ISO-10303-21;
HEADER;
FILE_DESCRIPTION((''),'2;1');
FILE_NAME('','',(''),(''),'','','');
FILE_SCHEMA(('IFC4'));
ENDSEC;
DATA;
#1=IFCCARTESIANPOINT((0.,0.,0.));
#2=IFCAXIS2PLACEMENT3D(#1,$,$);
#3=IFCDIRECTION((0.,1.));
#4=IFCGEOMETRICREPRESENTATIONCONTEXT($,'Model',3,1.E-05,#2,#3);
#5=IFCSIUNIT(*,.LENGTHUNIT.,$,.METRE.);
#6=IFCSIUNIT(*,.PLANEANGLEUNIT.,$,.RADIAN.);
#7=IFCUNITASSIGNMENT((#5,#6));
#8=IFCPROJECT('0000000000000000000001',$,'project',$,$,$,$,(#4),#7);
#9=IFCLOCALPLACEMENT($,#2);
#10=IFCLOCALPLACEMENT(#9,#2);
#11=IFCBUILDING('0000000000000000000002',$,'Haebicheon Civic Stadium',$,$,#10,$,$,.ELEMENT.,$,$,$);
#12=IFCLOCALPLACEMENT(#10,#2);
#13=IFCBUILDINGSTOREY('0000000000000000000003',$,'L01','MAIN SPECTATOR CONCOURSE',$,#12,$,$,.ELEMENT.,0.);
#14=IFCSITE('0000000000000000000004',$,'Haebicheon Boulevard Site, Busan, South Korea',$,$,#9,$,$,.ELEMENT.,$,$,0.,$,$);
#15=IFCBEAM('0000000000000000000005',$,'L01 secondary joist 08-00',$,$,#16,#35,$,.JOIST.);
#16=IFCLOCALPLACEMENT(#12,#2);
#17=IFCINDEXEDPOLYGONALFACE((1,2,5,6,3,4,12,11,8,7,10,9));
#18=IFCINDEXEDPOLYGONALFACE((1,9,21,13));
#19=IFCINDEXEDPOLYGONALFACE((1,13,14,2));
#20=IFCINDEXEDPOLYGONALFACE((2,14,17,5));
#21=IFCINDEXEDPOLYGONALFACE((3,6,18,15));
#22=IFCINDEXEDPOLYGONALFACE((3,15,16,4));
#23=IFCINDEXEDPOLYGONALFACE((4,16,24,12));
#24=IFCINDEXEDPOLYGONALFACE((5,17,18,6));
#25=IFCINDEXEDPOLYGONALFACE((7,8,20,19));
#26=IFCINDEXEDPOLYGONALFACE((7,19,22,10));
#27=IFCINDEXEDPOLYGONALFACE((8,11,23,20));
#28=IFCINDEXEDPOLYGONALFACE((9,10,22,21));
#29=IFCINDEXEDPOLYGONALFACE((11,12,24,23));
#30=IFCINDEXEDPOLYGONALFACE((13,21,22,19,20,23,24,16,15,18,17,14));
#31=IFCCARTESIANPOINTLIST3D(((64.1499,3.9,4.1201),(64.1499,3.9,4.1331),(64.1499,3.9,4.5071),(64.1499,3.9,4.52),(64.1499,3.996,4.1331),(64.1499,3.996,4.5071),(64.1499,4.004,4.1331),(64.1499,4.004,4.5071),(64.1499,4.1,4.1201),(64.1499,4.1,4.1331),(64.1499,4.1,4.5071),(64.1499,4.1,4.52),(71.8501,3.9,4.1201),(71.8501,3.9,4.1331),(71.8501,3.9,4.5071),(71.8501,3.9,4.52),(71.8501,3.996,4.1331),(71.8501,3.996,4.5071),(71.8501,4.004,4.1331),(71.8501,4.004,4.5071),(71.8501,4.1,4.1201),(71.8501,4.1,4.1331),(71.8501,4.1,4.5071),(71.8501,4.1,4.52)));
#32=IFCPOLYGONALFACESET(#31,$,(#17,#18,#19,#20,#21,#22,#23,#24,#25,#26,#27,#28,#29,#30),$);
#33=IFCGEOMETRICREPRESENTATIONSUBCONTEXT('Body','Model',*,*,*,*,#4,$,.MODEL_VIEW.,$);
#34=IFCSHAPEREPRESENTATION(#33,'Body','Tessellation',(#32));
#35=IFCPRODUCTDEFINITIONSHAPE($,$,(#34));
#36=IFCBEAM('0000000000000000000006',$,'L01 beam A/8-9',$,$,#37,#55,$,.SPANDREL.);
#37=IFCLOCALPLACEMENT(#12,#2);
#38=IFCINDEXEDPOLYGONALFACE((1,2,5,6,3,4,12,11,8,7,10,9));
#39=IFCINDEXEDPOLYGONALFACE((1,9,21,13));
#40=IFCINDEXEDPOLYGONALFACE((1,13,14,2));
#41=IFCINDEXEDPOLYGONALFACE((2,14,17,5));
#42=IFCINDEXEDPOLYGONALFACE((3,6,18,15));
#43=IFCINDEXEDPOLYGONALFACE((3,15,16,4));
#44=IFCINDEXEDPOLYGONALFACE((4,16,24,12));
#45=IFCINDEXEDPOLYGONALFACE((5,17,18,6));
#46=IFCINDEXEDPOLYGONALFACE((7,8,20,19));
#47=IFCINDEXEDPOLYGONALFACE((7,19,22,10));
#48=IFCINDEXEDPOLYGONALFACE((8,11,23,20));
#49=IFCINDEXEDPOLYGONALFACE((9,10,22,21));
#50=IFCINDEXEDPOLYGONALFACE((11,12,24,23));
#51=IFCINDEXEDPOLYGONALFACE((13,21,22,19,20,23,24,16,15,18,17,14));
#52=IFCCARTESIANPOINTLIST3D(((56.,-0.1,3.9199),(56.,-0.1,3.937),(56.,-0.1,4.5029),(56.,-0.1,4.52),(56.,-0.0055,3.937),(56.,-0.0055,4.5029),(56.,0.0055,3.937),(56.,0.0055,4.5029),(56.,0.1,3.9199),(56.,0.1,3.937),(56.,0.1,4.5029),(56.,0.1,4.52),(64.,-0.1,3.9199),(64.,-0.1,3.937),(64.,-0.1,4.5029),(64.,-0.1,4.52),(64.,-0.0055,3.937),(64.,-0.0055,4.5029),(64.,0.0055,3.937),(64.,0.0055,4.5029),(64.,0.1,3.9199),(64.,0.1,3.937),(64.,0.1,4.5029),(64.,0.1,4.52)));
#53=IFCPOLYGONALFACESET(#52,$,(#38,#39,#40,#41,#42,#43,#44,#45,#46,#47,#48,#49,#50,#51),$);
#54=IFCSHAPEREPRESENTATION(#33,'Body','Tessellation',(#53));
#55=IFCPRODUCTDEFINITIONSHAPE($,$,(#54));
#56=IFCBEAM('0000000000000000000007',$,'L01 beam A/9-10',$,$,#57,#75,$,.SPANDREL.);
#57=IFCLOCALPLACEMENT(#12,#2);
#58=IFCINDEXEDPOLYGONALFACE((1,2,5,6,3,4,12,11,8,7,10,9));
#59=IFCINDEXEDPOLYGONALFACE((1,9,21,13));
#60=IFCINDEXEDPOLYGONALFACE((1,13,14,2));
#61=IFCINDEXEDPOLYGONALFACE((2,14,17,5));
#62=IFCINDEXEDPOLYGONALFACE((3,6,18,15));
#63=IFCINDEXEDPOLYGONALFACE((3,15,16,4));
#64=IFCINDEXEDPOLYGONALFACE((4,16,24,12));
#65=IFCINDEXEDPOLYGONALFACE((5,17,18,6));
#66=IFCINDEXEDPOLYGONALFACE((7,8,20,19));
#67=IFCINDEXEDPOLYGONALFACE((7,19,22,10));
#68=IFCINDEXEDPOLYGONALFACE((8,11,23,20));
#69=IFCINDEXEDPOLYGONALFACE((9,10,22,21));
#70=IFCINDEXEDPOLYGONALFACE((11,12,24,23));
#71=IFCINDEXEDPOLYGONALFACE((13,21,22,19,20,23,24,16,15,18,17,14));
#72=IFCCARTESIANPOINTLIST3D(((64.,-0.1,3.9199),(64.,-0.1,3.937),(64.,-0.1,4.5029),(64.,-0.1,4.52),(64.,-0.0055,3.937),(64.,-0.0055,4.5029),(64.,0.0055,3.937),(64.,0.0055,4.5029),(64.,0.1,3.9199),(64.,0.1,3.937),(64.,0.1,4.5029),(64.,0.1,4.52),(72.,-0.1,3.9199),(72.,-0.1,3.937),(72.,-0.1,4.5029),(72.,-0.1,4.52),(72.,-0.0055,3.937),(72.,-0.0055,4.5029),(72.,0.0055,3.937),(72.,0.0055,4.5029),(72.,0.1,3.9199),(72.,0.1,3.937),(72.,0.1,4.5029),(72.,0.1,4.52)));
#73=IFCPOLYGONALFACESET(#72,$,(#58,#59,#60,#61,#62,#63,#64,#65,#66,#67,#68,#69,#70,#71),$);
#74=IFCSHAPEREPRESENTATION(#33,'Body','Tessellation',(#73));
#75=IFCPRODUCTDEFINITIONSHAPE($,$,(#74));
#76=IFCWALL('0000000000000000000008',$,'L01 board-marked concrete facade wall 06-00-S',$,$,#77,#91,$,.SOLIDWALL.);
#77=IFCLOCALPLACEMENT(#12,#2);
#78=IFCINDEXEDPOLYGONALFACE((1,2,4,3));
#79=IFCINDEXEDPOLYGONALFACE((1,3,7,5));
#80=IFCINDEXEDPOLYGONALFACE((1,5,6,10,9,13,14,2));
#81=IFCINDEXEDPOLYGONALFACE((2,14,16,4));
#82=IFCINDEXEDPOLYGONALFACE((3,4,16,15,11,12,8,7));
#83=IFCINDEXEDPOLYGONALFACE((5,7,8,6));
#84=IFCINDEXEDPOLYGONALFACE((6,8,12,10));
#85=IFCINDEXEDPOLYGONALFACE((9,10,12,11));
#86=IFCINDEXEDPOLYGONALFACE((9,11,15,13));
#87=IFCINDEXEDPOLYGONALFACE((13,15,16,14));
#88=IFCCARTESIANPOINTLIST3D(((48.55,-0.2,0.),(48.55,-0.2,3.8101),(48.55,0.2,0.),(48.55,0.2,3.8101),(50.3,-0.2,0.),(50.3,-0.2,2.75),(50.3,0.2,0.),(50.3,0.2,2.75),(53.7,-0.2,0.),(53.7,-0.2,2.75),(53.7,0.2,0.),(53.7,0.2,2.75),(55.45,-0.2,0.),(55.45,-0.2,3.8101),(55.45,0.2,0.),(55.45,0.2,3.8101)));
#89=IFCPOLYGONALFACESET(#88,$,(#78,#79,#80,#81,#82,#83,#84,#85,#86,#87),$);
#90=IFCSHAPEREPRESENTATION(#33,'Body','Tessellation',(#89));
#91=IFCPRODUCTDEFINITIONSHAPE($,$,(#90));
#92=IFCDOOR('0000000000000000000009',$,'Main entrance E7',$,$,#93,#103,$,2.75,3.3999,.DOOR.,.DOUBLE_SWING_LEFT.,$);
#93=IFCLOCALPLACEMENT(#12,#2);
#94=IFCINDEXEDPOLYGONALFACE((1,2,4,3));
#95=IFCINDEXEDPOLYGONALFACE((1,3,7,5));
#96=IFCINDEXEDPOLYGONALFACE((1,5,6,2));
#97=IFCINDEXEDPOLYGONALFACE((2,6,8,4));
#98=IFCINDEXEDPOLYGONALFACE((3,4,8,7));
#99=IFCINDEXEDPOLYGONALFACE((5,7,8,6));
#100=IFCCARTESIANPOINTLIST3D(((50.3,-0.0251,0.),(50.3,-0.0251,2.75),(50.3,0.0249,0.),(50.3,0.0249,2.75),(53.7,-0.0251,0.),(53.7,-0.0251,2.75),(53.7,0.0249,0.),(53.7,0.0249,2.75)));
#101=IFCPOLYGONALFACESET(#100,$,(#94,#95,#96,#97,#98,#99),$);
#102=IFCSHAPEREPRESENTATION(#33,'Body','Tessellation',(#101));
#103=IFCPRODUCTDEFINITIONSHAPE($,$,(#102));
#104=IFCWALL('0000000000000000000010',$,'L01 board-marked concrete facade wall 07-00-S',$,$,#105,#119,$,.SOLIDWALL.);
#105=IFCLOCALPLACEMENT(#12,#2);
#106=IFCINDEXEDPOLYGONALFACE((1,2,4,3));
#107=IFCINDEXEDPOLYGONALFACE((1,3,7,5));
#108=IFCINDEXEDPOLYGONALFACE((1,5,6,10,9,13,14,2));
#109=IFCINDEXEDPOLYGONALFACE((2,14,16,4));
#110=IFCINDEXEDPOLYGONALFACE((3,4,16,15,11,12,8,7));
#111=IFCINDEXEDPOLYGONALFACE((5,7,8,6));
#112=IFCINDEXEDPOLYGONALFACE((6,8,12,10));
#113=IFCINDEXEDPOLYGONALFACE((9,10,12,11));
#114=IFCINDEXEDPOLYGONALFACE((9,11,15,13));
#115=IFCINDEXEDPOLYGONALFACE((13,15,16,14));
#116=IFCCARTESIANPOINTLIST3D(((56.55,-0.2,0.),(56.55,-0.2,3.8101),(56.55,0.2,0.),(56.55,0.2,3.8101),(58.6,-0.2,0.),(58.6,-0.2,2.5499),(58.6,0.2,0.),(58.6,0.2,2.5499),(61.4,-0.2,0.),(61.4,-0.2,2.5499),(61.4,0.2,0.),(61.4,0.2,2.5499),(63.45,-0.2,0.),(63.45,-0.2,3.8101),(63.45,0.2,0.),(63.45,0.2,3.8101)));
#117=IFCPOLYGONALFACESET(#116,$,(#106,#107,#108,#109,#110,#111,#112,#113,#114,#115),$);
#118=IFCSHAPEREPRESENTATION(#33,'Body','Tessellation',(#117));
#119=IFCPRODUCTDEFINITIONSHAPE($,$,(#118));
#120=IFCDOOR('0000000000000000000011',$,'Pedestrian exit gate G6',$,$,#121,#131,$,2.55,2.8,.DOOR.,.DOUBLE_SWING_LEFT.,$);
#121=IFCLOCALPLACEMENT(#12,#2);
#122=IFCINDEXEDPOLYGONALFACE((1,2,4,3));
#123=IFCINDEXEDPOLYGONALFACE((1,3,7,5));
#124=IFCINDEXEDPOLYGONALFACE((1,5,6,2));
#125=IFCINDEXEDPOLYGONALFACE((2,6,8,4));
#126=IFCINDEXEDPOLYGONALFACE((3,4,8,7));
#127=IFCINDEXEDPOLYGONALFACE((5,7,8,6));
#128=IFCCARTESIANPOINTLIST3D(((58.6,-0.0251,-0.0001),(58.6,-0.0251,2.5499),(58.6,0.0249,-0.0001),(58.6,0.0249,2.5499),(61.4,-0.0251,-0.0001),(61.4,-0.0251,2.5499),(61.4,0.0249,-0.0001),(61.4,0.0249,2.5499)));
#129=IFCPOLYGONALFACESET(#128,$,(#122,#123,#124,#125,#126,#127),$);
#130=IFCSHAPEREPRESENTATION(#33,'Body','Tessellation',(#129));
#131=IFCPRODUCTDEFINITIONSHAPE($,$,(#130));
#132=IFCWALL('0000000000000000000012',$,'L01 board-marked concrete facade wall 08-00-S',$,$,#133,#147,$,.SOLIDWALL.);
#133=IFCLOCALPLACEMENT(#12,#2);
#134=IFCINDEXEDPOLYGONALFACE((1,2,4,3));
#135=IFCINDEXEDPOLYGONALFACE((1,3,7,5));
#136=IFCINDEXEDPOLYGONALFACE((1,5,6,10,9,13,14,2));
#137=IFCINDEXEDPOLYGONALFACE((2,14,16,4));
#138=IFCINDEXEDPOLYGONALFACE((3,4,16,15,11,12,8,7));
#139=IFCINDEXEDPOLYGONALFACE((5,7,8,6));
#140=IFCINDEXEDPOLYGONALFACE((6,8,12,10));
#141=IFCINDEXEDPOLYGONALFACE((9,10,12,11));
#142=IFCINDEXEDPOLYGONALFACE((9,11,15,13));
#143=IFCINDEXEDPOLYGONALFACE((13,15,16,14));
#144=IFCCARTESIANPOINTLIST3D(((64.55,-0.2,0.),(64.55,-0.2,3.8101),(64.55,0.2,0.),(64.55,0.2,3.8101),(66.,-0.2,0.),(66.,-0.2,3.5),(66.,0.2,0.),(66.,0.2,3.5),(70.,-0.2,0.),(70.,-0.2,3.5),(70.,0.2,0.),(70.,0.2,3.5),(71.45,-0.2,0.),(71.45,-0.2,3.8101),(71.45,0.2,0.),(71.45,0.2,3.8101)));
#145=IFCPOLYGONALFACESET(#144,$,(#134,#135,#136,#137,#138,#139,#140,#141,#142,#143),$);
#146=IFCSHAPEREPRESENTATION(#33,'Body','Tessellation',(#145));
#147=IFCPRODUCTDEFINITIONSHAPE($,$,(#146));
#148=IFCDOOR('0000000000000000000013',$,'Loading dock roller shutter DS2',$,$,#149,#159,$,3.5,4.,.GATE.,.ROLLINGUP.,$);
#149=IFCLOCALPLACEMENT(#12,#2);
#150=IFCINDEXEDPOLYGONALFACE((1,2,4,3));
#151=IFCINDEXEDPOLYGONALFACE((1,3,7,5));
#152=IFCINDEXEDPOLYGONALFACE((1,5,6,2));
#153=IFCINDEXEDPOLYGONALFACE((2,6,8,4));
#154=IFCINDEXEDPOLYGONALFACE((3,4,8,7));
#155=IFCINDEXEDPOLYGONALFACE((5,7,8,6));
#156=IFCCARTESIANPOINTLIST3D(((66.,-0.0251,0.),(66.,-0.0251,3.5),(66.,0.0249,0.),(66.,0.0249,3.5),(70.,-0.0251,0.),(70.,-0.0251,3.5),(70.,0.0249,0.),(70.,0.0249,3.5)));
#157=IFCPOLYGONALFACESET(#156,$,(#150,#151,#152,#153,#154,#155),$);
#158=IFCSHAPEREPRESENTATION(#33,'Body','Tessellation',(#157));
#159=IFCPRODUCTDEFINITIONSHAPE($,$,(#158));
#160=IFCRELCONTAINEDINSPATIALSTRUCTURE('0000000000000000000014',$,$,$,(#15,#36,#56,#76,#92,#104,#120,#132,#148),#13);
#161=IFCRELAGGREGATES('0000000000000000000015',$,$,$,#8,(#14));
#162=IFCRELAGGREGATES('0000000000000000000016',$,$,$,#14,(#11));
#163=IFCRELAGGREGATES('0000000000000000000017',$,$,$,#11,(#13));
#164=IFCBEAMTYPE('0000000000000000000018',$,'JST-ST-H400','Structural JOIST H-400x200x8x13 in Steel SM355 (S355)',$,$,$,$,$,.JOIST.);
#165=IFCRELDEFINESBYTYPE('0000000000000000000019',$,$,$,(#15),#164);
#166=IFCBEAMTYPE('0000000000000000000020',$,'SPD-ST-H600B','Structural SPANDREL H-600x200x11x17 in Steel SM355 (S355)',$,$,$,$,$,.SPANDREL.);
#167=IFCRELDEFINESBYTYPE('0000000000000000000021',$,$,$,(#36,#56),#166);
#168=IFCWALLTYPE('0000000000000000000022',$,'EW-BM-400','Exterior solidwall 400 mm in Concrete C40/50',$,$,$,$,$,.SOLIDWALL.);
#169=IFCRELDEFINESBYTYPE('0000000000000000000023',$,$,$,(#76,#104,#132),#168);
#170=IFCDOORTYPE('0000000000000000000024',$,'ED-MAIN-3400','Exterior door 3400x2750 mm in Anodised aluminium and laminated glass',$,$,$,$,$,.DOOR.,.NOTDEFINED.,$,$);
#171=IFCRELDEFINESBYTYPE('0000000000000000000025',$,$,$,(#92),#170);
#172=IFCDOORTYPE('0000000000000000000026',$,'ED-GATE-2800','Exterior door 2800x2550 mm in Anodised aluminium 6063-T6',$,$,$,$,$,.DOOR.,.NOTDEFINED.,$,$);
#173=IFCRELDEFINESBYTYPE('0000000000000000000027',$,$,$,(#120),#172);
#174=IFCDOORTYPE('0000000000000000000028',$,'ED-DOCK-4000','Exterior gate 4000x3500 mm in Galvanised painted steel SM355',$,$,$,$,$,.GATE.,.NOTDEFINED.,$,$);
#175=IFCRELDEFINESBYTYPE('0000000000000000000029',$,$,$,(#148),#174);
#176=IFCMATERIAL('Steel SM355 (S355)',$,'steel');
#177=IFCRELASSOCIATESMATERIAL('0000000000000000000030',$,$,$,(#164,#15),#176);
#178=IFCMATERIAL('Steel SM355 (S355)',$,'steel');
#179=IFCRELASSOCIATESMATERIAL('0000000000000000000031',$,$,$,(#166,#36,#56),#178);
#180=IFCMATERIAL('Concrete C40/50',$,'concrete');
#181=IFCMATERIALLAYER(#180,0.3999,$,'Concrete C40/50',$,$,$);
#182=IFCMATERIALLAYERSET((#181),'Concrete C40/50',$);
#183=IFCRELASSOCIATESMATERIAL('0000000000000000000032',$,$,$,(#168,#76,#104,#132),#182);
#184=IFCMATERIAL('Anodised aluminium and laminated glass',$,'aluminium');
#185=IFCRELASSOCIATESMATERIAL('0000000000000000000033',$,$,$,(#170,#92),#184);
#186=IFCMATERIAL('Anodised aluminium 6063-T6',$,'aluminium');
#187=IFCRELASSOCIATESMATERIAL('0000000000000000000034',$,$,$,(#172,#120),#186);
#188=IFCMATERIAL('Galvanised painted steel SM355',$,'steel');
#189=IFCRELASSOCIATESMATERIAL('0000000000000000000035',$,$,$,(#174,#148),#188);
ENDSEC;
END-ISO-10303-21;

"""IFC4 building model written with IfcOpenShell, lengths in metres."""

from ifc_helpers import new_model, si_unit, direction, frame, frame_2d, origin, origin_2d, place, context, subcontext, project, spatial, rectangle, i_section, extrude, material, layer, layer_set, material_profile, profile_set, type_object, element, fill, save


model = new_model("IFC4")

# Units and contexts
model_context = context("Model", 3, precision=1e-05, world=origin(), true_north=direction((0.0, 1.0)))
body_context = subcontext(model_context, "Body", "Model", "MODEL_VIEW")
ifc_project = project(units=[si_unit("LENGTHUNIT", "METRE"), si_unit("PLANEANGLEUNIT", "RADIAN")], contexts=[model_context])

# Site, building, storey
site_placement = place(None, origin())
site = spatial("IfcSite", under=ifc_project, at=site_placement, Name="Haebicheon Boulevard Site, Busan, South Korea", CompositionType="ELEMENT", RefElevation=0.0)
building_placement = place(site_placement, origin())
building = spatial("IfcBuilding", under=site, at=building_placement, Name="Haebicheon Civic Stadium", CompositionType="ELEMENT")
storey_placement = place(building_placement, origin())
storey = spatial("IfcBuildingStorey", under=building, at=storey_placement, Name="L01", Description="MAIN SPECTATOR CONCOURSE", CompositionType="ELEMENT", Elevation=0.0)

# Beams
ifc_material_1 = material(Name="Steel SM355 (S355)", Category="steel")
ifc_material_profile_1 = material_profile(ifc_material_1, i_section(OverallWidth=0.2, OverallDepth=0.3999, WebThickness=0.0081, FlangeThickness=0.0129, at=origin_2d()), Name="H-400x200x8x13")
ifc_profile_set_1 = profile_set([ifc_material_profile_1], Name="Steel SM355 (S355)")
beam_type_1 = type_object("IfcBeamType", Name="JST-ST-H400", Description="Structural JOIST H-400x200x8x13 in Steel SM355 (S355)", PredefinedType="JOIST", material=ifc_profile_set_1)
for number, where, z_axis, x_axis, name in (
    (1, (64.1499, 4.0, 4.3201), (1.0, 0.0, 0.0), (0.0, 1.0, 0.0), "L01 secondary joist 08-00"),
):
    element("IfcBeam", number, at=place(storey_placement, frame(where, z_axis=z_axis, x_axis=x_axis)), inside=storey, type_object=beam_type_1, material=ifc_profile_set_1, Name=name, PredefinedType="JOIST", context=body_context, shape_type="SweptSolid", body=[
        extrude(i_section(OverallWidth=0.2, OverallDepth=0.3999, WebThickness=0.0081, FlangeThickness=0.0129, at=origin_2d()), origin(), (0.0, 0.0, 1.0), 7.7002),
    ])
ifc_material_2 = material(Name="Steel SM355 (S355)", Category="steel")
ifc_material_profile_2 = material_profile(ifc_material_2, i_section(OverallWidth=0.2, OverallDepth=0.6001, WebThickness=0.011, FlangeThickness=0.0171, at=origin_2d()), Name="H-600x200x11x17")
ifc_profile_set_2 = profile_set([ifc_material_profile_2], Name="Steel SM355 (S355)")
beam_type_2 = type_object("IfcBeamType", Name="SPD-ST-H600B", Description="Structural SPANDREL H-600x200x11x17 in Steel SM355 (S355)", PredefinedType="SPANDREL", material=ifc_profile_set_2)
for number, where, z_axis, x_axis, name in (
    (2, (56.0, 0.0, 4.22), (1.0, 0.0, 0.0), (0.0, 1.0, 0.0), "L01 beam A/8-9"),
    (3, (64.0, 0.0, 4.22), (1.0, 0.0, 0.0), (0.0, 1.0, 0.0), "L01 beam A/9-10"),
):
    element("IfcBeam", number, at=place(storey_placement, frame(where, z_axis=z_axis, x_axis=x_axis)), inside=storey, type_object=beam_type_2, material=ifc_profile_set_2, Name=name, PredefinedType="SPANDREL", context=body_context, shape_type="SweptSolid", body=[
        extrude(i_section(OverallWidth=0.2, OverallDepth=0.6001, WebThickness=0.011, FlangeThickness=0.0171, at=origin_2d()), origin(), (0.0, 0.0, 1.0), 8.0),
    ])

# Walls, openings, doors
ifc_material_3 = material(Name="Concrete C40/50", Category="concrete")
ifc_layer_1 = layer(ifc_material_3, 0.3999, Name="Concrete C40/50")
ifc_layer_set_1 = layer_set([ifc_layer_1], Name="Concrete C40/50")
wall_type_1 = type_object("IfcWallType", Name="EW-BM-400", Description="Exterior solidwall 400 mm in Concrete C40/50", PredefinedType="SOLIDWALL", material=ifc_layer_set_1)
wall_1_placement = place(storey_placement, frame((48.55, 0.0, 0.0), z_axis=(0.0, 0.0, 1.0), x_axis=(1.0, 0.0, 0.0)))
wall_1 = element("IfcWall", 4, at=wall_1_placement, inside=storey, type_object=wall_type_1, material=ifc_layer_set_1, Name="L01 board-marked concrete facade wall 06-00-S", PredefinedType="SOLIDWALL", context=body_context, shape_type="SweptSolid", body=[
    extrude(rectangle(XDim=6.8999, YDim=0.3999, at=frame_2d((3.45, 0.0))), origin(), (0.0, 0.0, 1.0), 3.8101),
])
opening_1_placement = place(wall_1_placement, frame((1.75, 0.0, 0.0)))
opening_1 = element("IfcOpeningElement", 5, at=opening_1_placement, cuts=wall_1, PredefinedType="OPENING", context=body_context, shape_type="SweptSolid", body=[
    extrude(rectangle(XDim=3.3999, YDim=2.75, at=frame_2d((1.7, 1.375))), frame((0.0, 0.21, 0.0), z_axis=(0.0, -1.0, 0.0), x_axis=(1.0, 0.0, 0.0)), (0.0, 0.0, 1.0), 0.4199),
])
ifc_material_4 = material(Name="Anodised aluminium and laminated glass", Category="aluminium")
door_type_1 = type_object("IfcDoorType", Name="ED-MAIN-3400", Description="Exterior door 3400x2750 mm in Anodised aluminium and laminated glass", OperationType="NOTDEFINED", PredefinedType="DOOR", material=ifc_material_4)
door_1_placement = place(opening_1_placement, origin())
door_1 = element("IfcDoor", 6, at=door_1_placement, inside=storey, type_object=door_type_1, material=ifc_material_4, Name="Main entrance E7", OperationType="DOUBLE_SWING_LEFT", OverallHeight=2.75, OverallWidth=3.3999, PredefinedType="DOOR", context=body_context, shape_type="SweptSolid", body=[
    extrude(rectangle(XDim=3.3999, YDim=2.75, at=frame_2d((1.7, 1.375))), frame((0.0, 0.0249, 0.0), z_axis=(0.0, -1.0, 0.0), x_axis=(1.0, 0.0, 0.0)), (0.0, 0.0, 1.0), 0.05),
])
fill(opening_1, door_1)
wall_2_placement = place(storey_placement, frame((56.55, 0.0, 0.0), z_axis=(0.0, 0.0, 1.0), x_axis=(1.0, 0.0, 0.0)))
wall_2 = element("IfcWall", 7, at=wall_2_placement, inside=storey, type_object=wall_type_1, material=ifc_layer_set_1, Name="L01 board-marked concrete facade wall 07-00-S", PredefinedType="SOLIDWALL", context=body_context, shape_type="SweptSolid", body=[
    extrude(rectangle(XDim=6.8999, YDim=0.3999, at=frame_2d((3.45, 0.0))), origin(), (0.0, 0.0, 1.0), 3.8101),
])
opening_2_placement = place(wall_2_placement, frame((2.05, 0.0, 0.0)))
opening_2 = element("IfcOpeningElement", 8, at=opening_2_placement, cuts=wall_2, PredefinedType="OPENING", context=body_context, shape_type="SweptSolid", body=[
    extrude(rectangle(XDim=2.8, YDim=2.55, at=frame_2d((1.3999, 1.2749))), frame((0.0, 0.21, 0.0), z_axis=(0.0, -1.0, 0.0), x_axis=(1.0, 0.0, 0.0)), (0.0, 0.0, 1.0), 0.4199),
])
ifc_material_5 = material(Name="Anodised aluminium 6063-T6", Category="aluminium")
door_type_2 = type_object("IfcDoorType", Name="ED-GATE-2800", Description="Exterior door 2800x2550 mm in Anodised aluminium 6063-T6", OperationType="NOTDEFINED", PredefinedType="DOOR", material=ifc_material_5)
door_2_placement = place(opening_2_placement, origin())
door_2 = element("IfcDoor", 9, at=door_2_placement, inside=storey, type_object=door_type_2, material=ifc_material_5, Name="Pedestrian exit gate G6", OperationType="DOUBLE_SWING_LEFT", OverallHeight=2.55, OverallWidth=2.8, PredefinedType="DOOR", context=body_context, shape_type="SweptSolid", body=[
    extrude(rectangle(XDim=2.8, YDim=2.55, at=frame_2d((1.3999, 1.2749))), frame((0.0, 0.0249, 0.0), z_axis=(0.0, -1.0, 0.0), x_axis=(1.0, 0.0, 0.0)), (0.0, 0.0, 1.0), 0.05),
])
fill(opening_2, door_2)
wall_3_placement = place(storey_placement, frame((64.55, 0.0, 0.0), z_axis=(0.0, 0.0, 1.0), x_axis=(1.0, 0.0, 0.0)))
wall_3 = element("IfcWall", 10, at=wall_3_placement, inside=storey, type_object=wall_type_1, material=ifc_layer_set_1, Name="L01 board-marked concrete facade wall 08-00-S", PredefinedType="SOLIDWALL", context=body_context, shape_type="SweptSolid", body=[
    extrude(rectangle(XDim=6.8999, YDim=0.3999, at=frame_2d((3.45, 0.0))), origin(), (0.0, 0.0, 1.0), 3.8101),
])
opening_3_placement = place(wall_3_placement, frame((1.45, 0.0, 0.0)))
opening_3 = element("IfcOpeningElement", 11, at=opening_3_placement, cuts=wall_3, PredefinedType="OPENING", context=body_context, shape_type="SweptSolid", body=[
    extrude(rectangle(XDim=4.0, YDim=3.5, at=frame_2d((2.0, 1.75))), frame((0.0, 0.21, 0.0), z_axis=(0.0, -1.0, 0.0), x_axis=(1.0, 0.0, 0.0)), (0.0, 0.0, 1.0), 0.4199),
])
ifc_material_6 = material(Name="Galvanised painted steel SM355", Category="steel")
door_type_3 = type_object("IfcDoorType", Name="ED-DOCK-4000", Description="Exterior gate 4000x3500 mm in Galvanised painted steel SM355", OperationType="NOTDEFINED", PredefinedType="GATE", material=ifc_material_6)
door_3_placement = place(opening_3_placement, origin())
door_3 = element("IfcDoor", 12, at=door_3_placement, inside=storey, type_object=door_type_3, material=ifc_material_6, Name="Loading dock roller shutter DS2", OperationType="ROLLINGUP", OverallHeight=3.5, OverallWidth=4.0, PredefinedType="GATE", context=body_context, shape_type="SweptSolid", body=[
    extrude(rectangle(XDim=4.0, YDim=3.5, at=frame_2d((2.0, 1.75))), frame((0.0, 0.0249, 0.0), z_axis=(0.0, -1.0, 0.0), x_axis=(1.0, 0.0, 0.0)), (0.0, 0.0, 1.0), 0.05),
])
fill(opening_3, door_3)

save(model, "model.ifc")
